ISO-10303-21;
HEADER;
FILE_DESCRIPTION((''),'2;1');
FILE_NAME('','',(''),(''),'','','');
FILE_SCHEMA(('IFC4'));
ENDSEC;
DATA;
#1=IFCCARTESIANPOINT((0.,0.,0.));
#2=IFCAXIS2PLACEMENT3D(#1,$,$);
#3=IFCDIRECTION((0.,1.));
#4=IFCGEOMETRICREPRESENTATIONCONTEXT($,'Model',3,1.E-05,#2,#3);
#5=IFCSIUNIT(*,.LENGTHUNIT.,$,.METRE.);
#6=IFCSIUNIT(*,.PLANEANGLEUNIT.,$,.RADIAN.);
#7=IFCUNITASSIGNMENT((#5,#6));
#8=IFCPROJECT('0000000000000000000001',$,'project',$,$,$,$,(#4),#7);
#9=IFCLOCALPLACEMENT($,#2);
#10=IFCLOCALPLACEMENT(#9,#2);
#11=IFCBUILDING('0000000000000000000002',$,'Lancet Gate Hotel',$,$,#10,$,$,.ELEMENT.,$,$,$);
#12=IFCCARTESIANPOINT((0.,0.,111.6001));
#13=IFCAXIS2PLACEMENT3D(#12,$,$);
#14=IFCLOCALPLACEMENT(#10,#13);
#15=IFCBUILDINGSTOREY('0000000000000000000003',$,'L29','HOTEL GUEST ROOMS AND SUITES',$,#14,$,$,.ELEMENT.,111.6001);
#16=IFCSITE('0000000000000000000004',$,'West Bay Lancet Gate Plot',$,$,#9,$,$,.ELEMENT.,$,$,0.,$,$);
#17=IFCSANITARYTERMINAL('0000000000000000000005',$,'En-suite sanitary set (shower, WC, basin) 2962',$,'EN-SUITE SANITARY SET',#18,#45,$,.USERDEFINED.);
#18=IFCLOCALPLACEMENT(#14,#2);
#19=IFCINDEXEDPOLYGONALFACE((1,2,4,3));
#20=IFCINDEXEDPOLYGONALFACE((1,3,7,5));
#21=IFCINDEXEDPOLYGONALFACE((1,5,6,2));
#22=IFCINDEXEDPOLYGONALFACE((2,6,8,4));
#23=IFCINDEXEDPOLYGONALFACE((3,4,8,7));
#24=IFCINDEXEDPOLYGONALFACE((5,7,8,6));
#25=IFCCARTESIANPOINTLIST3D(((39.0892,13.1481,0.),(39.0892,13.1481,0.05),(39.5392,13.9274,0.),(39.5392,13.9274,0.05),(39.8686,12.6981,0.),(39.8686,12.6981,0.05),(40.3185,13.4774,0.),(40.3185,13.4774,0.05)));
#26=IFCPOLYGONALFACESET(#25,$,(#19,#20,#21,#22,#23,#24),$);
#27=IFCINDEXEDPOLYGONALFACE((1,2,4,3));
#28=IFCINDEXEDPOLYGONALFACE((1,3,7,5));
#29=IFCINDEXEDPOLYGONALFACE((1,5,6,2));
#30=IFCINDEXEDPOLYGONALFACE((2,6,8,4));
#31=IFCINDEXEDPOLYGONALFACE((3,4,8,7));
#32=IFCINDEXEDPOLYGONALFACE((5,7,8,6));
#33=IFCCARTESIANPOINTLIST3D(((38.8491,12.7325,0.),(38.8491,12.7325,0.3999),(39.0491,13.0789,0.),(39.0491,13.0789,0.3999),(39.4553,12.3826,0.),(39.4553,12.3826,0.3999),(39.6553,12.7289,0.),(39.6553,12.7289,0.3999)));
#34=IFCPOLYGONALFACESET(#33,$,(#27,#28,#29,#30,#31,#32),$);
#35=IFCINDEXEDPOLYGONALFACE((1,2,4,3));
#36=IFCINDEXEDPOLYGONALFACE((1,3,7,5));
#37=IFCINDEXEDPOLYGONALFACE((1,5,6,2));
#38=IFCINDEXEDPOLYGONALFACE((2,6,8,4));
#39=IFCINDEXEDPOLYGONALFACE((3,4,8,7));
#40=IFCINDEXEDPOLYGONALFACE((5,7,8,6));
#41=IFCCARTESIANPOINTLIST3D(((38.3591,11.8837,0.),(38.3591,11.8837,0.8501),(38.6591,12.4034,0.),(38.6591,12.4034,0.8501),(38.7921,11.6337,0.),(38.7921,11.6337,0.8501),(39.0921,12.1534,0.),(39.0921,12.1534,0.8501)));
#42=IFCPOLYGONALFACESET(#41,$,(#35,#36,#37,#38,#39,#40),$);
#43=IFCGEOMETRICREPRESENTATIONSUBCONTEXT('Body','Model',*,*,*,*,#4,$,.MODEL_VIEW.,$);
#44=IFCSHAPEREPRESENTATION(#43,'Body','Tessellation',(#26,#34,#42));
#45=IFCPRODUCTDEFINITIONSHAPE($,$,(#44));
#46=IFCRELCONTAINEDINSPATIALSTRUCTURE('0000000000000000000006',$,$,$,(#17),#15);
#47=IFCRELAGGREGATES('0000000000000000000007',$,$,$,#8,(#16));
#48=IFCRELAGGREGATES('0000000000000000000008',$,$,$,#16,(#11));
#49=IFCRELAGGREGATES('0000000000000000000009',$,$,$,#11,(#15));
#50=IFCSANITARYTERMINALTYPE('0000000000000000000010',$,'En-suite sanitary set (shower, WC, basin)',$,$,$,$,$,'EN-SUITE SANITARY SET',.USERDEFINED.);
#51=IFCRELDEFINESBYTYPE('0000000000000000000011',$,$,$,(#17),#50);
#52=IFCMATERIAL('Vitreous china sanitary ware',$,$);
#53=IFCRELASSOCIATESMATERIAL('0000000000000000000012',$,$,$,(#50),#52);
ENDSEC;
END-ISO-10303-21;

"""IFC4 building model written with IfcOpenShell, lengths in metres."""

from ifc_helpers import new_model, si_unit, direction, frame, origin, origin_2d, place, context, subcontext, project, spatial, rectangle, extrude, material, type_object, element, save


model = new_model("IFC4")

# Units and contexts
model_context = context("Model", 3, precision=1e-05, world=origin(), true_north=direction((0.0, 1.0)))
body_context = subcontext(model_context, "Body", "Model", "MODEL_VIEW")
ifc_project = project(units=[si_unit("LENGTHUNIT", "METRE"), si_unit("PLANEANGLEUNIT", "RADIAN")], contexts=[model_context])

# Site, building, storey
site_placement = place(None, origin())
site = spatial("IfcSite", under=ifc_project, at=site_placement, Name="West Bay Lancet Gate Plot", CompositionType="ELEMENT", RefElevation=0.0)
building_placement = place(site_placement, origin())
building = spatial("IfcBuilding", under=site, at=building_placement, Name="Lancet Gate Hotel", CompositionType="ELEMENT")
storey_placement = place(building_placement, frame((0.0, 0.0, 111.6001)))
storey = spatial("IfcBuildingStorey", under=building, at=storey_placement, Name="L29", Description="HOTEL GUEST ROOMS AND SUITES", CompositionType="ELEMENT", Elevation=111.6001)

# Sanitary terminal
ifc_material_1 = material(Name="Vitreous china sanitary ware")
sanitary_terminal_type = type_object("IfcSanitaryTerminalType", Name="En-suite sanitary set (shower, WC, basin)", ElementType="EN-SUITE SANITARY SET", PredefinedType="USERDEFINED", material=ifc_material_1)
sanitary_terminal_placement = place(storey_placement, frame((39.7039, 13.3127, 0.0), z_axis=(0.0, 0.0, 1.0), x_axis=(1.0, 0.0, 0.0)))
element("IfcSanitaryTerminal", 1, at=sanitary_terminal_placement, inside=storey, type_object=sanitary_terminal_type, Name="En-suite sanitary set (shower, WC, basin) 2962", ObjectType="EN-SUITE SANITARY SET", PredefinedType="USERDEFINED", context=body_context, shape_type="SweptSolid", body=[
    extrude(rectangle(XDim=0.8999, YDim=0.8999, at=origin_2d()), frame((0.0, 0.0, 0.0), z_axis=(0.0, 0.0, 1.0), x_axis=(0.5, 0.866025, 0.0)), (0.0, 0.0, 1.0), 0.05),
    extrude(rectangle(XDim=0.3999, YDim=0.7, at=origin_2d()), frame((-0.4517, -0.582, 0.0), z_axis=(0.0, 0.0, 1.0), x_axis=(0.5, 0.866025, 0.0)), (0.0, 0.0, 1.0), 0.3999),
    extrude(rectangle(XDim=0.6001, YDim=0.5, at=origin_2d()), frame((-0.9783, -1.2942, 0.0), z_axis=(0.0, 0.0, 1.0), x_axis=(0.5, 0.866025, 0.0)), (0.0, 0.0, 1.0), 0.8501),
])

save(model, "model.ifc")
